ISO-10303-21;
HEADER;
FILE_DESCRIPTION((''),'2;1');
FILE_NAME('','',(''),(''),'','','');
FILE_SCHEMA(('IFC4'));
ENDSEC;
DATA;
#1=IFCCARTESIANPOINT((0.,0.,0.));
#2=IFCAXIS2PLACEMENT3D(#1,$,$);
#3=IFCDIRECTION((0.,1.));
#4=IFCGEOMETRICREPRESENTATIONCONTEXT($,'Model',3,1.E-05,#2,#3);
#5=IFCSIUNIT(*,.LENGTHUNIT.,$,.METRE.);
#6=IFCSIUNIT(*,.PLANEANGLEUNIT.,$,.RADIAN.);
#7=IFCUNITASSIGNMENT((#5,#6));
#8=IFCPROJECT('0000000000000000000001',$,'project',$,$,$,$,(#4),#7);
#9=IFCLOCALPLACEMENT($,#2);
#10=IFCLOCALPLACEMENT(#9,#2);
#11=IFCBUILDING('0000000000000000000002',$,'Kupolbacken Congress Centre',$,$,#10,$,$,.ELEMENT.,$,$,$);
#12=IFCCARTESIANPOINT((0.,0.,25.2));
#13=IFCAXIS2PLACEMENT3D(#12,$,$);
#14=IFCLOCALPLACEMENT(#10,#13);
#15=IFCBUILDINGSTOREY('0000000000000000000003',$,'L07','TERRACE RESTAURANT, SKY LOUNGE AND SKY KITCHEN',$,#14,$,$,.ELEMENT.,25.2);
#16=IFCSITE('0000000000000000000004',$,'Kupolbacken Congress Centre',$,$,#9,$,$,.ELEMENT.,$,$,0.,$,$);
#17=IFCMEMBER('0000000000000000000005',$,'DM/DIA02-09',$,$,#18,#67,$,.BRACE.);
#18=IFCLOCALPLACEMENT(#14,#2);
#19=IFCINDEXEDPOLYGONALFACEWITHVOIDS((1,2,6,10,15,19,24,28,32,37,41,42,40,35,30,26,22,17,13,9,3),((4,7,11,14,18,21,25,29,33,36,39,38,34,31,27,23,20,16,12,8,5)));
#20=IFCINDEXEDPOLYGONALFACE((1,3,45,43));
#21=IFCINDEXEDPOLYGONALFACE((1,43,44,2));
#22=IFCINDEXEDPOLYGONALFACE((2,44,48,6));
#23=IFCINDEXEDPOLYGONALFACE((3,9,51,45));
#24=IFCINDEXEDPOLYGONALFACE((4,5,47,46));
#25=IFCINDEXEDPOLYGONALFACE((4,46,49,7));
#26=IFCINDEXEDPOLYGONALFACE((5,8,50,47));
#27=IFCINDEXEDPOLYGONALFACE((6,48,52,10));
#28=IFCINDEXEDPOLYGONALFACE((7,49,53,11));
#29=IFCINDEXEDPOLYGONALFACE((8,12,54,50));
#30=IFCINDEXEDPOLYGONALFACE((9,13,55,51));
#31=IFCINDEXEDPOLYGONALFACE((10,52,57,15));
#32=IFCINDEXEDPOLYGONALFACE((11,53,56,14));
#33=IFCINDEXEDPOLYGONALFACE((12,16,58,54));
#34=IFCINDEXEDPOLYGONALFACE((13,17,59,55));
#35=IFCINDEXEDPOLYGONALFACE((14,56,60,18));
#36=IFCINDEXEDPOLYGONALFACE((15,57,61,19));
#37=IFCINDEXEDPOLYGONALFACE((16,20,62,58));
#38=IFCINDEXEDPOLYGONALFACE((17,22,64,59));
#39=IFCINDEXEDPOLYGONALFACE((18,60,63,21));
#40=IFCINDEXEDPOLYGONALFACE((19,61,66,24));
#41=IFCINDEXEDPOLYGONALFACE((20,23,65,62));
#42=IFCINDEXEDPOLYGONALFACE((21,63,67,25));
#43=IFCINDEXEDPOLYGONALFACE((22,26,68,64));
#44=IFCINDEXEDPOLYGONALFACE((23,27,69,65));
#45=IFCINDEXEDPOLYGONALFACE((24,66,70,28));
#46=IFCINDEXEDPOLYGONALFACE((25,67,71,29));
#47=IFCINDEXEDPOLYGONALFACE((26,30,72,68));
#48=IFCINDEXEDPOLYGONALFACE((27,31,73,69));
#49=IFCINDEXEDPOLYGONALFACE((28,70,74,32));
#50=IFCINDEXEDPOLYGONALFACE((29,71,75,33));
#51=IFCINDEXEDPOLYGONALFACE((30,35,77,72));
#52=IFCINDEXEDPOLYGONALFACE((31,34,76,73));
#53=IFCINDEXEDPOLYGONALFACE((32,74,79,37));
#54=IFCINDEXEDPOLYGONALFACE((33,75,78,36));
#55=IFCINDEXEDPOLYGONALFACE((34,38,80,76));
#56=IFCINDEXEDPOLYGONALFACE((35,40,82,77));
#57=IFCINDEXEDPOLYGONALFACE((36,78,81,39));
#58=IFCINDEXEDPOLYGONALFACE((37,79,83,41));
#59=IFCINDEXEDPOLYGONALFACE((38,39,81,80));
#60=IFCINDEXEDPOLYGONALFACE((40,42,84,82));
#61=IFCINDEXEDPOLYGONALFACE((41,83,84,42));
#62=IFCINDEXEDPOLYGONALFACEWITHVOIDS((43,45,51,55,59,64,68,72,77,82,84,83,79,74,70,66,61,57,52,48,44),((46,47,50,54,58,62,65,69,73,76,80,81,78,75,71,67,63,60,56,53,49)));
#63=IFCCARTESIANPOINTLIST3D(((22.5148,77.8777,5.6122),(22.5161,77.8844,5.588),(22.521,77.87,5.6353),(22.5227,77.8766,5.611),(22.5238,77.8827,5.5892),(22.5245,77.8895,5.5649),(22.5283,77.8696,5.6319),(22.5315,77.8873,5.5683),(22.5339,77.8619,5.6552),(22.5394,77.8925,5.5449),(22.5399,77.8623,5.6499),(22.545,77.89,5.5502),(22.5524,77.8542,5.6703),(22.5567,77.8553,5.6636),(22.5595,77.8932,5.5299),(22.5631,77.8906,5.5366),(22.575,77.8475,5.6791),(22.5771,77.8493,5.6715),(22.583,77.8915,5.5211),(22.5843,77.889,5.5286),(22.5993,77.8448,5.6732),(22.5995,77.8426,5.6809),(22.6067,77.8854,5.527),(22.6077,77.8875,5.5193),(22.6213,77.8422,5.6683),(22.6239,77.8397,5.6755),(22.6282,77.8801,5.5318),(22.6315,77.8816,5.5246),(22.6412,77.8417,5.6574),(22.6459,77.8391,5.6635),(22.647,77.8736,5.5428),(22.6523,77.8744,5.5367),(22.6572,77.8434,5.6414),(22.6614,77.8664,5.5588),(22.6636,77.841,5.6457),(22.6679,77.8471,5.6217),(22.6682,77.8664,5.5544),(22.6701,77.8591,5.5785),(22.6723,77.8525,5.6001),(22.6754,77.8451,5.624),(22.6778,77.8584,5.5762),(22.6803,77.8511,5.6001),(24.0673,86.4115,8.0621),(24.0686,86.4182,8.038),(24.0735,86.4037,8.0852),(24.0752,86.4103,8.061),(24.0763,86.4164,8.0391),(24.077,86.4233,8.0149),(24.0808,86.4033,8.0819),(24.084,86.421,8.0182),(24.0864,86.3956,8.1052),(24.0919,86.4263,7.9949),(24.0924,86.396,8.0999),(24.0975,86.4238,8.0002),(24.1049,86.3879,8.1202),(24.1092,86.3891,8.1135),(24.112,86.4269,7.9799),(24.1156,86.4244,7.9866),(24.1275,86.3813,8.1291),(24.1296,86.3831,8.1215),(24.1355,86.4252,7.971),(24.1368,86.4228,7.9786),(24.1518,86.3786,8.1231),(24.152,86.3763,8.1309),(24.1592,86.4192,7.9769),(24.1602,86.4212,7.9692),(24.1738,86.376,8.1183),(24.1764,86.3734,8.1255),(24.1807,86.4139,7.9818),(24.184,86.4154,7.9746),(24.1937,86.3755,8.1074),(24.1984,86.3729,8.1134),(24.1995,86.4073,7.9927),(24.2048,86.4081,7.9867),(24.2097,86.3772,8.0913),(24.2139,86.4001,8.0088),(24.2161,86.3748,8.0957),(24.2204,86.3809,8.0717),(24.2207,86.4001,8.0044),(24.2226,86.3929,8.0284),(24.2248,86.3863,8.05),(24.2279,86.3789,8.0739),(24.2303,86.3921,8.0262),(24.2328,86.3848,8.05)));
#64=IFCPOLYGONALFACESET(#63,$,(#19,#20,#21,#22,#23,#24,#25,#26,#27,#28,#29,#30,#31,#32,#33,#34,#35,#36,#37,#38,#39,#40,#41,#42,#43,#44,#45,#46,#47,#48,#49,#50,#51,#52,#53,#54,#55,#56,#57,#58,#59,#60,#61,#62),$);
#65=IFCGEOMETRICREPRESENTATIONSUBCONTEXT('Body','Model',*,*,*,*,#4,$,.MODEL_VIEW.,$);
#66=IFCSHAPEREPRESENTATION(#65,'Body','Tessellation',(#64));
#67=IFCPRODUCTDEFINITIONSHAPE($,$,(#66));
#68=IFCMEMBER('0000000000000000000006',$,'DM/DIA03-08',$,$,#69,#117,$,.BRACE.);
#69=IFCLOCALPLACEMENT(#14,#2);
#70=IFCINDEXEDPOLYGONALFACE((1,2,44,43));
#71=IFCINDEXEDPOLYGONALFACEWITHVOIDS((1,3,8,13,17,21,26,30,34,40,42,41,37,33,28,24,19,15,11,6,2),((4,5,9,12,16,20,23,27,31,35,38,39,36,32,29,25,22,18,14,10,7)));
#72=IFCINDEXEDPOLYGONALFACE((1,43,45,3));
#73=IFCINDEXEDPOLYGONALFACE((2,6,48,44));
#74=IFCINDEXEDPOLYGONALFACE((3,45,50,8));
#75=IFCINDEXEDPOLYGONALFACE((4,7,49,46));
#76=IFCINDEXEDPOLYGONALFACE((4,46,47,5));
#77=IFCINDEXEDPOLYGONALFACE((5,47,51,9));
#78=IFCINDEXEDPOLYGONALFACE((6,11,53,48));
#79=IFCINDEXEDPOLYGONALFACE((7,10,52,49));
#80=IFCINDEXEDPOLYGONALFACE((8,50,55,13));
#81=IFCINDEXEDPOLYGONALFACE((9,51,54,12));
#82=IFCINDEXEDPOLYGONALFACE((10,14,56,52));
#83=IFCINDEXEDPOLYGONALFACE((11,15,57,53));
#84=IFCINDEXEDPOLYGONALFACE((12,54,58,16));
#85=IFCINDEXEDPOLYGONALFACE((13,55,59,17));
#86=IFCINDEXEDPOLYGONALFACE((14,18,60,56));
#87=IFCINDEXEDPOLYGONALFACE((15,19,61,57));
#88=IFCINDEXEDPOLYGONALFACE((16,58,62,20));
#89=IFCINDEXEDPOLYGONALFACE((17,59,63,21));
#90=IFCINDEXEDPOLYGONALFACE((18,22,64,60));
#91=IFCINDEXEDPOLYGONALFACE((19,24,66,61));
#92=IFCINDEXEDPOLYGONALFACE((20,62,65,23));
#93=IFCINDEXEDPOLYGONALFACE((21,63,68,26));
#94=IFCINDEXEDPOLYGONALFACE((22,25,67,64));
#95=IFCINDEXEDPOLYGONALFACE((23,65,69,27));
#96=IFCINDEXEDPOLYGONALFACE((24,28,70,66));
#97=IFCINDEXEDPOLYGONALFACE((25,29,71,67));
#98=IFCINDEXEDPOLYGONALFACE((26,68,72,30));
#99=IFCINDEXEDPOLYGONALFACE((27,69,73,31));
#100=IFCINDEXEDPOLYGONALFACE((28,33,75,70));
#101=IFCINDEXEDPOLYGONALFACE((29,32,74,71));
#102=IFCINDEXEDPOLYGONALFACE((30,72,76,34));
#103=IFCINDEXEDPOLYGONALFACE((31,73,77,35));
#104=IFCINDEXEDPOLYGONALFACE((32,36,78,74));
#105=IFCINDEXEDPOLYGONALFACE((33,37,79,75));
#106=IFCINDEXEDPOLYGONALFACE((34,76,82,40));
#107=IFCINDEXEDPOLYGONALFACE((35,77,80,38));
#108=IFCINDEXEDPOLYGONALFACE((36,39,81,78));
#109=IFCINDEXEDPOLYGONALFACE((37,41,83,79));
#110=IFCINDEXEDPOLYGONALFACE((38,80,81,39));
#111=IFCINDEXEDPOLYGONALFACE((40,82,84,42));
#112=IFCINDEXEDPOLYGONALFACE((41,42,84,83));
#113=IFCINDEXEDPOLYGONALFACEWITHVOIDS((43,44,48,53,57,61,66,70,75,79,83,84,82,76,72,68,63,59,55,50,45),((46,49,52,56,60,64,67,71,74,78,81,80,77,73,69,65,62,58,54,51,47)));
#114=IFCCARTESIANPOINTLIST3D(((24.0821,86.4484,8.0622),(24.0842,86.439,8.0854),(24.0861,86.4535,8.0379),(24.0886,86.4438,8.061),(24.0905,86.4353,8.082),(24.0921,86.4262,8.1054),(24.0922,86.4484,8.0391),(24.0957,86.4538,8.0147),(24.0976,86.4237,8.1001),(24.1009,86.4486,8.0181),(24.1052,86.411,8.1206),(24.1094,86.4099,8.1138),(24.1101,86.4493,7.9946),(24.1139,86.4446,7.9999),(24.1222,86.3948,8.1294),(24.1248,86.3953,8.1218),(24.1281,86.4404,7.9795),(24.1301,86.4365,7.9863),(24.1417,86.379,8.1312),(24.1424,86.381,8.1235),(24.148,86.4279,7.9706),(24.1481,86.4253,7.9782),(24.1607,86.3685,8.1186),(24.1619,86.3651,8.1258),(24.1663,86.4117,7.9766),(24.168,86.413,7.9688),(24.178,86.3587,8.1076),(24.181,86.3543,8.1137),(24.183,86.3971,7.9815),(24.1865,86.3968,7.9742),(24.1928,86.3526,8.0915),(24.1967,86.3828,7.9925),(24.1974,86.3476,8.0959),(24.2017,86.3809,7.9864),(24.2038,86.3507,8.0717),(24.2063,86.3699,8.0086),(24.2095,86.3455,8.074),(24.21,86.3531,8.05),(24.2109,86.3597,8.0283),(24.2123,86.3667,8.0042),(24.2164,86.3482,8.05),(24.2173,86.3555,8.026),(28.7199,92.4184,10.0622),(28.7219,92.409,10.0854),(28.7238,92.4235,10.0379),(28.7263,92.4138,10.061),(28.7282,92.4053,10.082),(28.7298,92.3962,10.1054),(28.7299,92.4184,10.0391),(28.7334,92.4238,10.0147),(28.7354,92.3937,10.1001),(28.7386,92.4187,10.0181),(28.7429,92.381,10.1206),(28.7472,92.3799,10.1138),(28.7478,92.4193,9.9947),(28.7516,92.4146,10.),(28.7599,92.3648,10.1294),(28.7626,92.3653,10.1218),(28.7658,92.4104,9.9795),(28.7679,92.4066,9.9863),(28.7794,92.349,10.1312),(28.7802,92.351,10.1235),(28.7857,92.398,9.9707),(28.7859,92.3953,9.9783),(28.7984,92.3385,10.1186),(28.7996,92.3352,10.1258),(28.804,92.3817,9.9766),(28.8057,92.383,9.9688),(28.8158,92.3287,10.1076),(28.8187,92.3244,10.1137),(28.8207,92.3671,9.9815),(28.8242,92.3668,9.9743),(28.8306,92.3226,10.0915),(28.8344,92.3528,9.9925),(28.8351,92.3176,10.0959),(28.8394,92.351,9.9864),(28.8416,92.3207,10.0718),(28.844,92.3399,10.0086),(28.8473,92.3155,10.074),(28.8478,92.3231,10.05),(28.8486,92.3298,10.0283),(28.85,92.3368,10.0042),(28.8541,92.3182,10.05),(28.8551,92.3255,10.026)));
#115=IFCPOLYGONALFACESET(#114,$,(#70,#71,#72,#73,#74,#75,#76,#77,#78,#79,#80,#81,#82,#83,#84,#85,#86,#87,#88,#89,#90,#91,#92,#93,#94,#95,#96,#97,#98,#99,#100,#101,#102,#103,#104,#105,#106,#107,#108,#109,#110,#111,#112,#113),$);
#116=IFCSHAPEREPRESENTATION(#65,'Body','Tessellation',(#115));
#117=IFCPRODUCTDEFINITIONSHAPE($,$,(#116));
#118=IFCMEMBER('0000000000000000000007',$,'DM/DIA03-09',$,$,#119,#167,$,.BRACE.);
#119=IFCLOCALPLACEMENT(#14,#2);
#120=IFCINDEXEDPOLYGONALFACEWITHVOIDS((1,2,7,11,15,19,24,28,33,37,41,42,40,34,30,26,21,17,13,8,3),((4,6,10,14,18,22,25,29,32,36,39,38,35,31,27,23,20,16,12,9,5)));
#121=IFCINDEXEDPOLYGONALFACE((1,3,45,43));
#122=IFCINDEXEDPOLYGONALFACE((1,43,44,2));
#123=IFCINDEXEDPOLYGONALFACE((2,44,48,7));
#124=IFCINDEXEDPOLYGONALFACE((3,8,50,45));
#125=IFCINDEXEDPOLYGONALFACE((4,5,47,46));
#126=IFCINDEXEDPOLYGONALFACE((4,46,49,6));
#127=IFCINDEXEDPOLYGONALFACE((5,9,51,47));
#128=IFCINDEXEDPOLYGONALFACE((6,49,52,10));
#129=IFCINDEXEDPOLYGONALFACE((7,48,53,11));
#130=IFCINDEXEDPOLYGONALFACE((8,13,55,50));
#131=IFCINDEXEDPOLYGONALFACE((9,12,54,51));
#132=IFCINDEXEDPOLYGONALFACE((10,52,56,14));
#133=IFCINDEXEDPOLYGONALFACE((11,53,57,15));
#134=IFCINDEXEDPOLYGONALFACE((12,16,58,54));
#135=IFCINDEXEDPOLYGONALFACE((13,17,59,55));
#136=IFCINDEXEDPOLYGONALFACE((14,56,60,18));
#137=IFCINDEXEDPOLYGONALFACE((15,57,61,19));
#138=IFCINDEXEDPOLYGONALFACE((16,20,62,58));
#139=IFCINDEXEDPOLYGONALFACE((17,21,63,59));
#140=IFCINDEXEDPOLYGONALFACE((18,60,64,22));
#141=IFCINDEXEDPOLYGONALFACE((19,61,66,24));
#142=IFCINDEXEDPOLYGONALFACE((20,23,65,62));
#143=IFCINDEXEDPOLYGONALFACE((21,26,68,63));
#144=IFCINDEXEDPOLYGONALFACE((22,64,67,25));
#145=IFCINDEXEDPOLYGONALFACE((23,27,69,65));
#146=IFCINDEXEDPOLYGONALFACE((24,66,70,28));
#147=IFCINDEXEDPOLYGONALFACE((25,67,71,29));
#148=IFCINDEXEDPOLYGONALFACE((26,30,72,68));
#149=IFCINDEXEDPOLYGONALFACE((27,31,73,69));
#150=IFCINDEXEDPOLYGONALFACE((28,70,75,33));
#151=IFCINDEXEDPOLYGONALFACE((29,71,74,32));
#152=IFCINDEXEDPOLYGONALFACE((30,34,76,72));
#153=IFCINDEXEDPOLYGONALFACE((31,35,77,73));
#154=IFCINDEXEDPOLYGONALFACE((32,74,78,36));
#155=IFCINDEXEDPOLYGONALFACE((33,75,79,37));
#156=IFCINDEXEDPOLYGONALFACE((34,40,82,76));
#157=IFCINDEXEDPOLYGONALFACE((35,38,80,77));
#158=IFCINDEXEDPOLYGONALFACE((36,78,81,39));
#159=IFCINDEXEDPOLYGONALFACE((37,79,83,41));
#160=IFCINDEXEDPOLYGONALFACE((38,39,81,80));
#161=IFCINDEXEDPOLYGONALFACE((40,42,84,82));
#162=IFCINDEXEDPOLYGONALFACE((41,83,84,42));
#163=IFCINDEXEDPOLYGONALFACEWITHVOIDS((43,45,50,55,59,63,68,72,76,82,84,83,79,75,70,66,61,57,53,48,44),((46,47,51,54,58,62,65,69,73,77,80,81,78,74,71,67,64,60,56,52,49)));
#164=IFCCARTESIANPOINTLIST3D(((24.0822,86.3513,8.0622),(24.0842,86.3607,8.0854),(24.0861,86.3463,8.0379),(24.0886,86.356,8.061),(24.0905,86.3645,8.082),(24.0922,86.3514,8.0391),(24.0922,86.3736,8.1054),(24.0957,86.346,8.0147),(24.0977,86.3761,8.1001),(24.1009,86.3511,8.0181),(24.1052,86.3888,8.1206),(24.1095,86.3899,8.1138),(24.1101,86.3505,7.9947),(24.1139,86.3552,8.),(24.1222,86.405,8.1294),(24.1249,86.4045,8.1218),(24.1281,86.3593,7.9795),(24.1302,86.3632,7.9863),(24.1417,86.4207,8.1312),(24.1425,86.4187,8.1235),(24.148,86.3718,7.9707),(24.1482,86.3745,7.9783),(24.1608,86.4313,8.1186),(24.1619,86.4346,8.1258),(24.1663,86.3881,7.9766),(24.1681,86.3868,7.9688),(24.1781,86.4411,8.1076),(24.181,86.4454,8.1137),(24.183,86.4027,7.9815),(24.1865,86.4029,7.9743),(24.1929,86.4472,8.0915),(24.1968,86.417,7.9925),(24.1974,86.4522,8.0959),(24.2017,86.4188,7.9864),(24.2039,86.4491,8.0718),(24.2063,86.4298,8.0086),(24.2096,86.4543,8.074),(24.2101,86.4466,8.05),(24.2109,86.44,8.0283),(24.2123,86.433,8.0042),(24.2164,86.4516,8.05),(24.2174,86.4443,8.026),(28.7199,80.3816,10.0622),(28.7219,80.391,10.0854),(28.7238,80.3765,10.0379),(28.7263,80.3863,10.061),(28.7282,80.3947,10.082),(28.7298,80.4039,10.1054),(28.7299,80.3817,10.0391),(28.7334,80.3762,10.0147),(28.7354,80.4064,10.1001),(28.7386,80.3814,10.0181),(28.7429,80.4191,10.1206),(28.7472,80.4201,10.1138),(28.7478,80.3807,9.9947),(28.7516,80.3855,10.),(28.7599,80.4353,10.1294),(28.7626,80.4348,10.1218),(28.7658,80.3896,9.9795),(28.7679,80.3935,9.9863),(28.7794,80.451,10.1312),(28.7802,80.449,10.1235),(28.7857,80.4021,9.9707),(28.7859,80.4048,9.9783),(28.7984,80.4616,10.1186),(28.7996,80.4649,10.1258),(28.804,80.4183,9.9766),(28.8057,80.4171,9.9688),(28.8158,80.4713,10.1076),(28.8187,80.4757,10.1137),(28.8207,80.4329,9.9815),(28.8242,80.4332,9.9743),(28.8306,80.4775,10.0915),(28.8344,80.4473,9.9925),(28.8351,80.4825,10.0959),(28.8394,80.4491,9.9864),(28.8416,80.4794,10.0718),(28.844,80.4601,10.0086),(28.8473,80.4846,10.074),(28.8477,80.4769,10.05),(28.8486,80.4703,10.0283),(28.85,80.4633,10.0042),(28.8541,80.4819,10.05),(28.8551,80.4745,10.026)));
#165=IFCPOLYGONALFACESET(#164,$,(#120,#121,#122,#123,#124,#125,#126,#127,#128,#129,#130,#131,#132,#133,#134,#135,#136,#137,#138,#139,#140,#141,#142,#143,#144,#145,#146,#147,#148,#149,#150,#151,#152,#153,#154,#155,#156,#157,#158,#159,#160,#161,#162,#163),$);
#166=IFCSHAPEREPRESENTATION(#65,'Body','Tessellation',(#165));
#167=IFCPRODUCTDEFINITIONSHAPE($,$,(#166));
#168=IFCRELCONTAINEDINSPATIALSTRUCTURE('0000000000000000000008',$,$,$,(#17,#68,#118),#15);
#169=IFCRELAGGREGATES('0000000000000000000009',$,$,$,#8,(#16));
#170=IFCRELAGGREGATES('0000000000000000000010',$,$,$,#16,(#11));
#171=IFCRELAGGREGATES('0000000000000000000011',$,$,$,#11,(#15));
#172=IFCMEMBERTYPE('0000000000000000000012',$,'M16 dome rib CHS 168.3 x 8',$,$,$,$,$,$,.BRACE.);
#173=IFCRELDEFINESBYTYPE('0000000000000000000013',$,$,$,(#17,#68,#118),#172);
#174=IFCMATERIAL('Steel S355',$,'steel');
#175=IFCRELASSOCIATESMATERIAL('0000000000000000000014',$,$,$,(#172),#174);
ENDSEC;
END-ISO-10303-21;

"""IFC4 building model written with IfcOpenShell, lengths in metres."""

from ifc_helpers import new_model, si_unit, direction, frame, origin, origin_2d, place, context, subcontext, project, spatial, hollow_circle, extrude, material, material_profile, profile_set, type_object, element, save


model = new_model("IFC4")

# Units and contexts
model_context = context("Model", 3, precision=1e-05, world=origin(), true_north=direction((0.0, 1.0)))
body_context = subcontext(model_context, "Body", "Model", "MODEL_VIEW")
ifc_project = project(units=[si_unit("LENGTHUNIT", "METRE"), si_unit("PLANEANGLEUNIT", "RADIAN")], contexts=[model_context])

# Site, building, storey
site_placement = place(None, origin())
site = spatial("IfcSite", under=ifc_project, at=site_placement, Name="Kupolbacken Congress Centre", CompositionType="ELEMENT", RefElevation=0.0)
building_placement = place(site_placement, origin())
building = spatial("IfcBuilding", under=site, at=building_placement, Name="Kupolbacken Congress Centre", CompositionType="ELEMENT")
storey_placement = place(building_placement, frame((0.0, 0.0, 25.2)))
storey = spatial("IfcBuildingStorey", under=building, at=storey_placement, Name="L07", Description="TERRACE RESTAURANT, SKY LOUNGE AND SKY KITCHEN", CompositionType="ELEMENT", Elevation=25.2)

# Members
ifc_material_1 = material(Name="Steel S355", Category="steel")
ifc_material_profile_1 = material_profile(ifc_material_1, hollow_circle(Radius=0.0842, WallThickness=0.0081, at=origin_2d()), Name="CHS 168.3 x 8")
ifc_profile_set_1 = profile_set([ifc_material_profile_1], Name="Steel S355")
member_type_1 = type_object("IfcMemberType", Name="M16 dome rib CHS 168.3 x 8", PredefinedType="BRACE", material=ifc_profile_set_1)
member_1_placement = place(storey_placement, frame((24.1499, 86.3999, 8.05), z_axis=(-0.172248, -0.946807, -0.27182), x_axis=(0.983851, -0.178987, 0.0)))
element("IfcMember", 1, at=member_1_placement, inside=storey, type_object=member_type_1, Name="DM/DIA02-09", PredefinedType="BRACE", context=body_context, shape_type="SweptSolid", body=[
    extrude(hollow_circle(Radius=0.0842, WallThickness=0.0081, at=origin_2d()), origin(), (0.0, 0.0, 1.0), 9.0132),
])
member_2_placement = place(storey_placement, frame((28.7876, 92.3699, 10.05), z_axis=(-0.593073, -0.763446, -0.255762), x_axis=(0.789712, -0.613478, 0.0)))
element("IfcMember", 2, at=member_2_placement, inside=storey, type_object=member_type_1, Name="DM/DIA03-08", PredefinedType="BRACE", context=body_context, shape_type="SweptSolid", body=[
    extrude(hollow_circle(Radius=0.0842, WallThickness=0.0081, at=origin_2d()), origin(), (0.0, 0.0, 1.0), 7.8198),
])
member_3_placement = place(storey_placement, frame((24.1499, 86.3999, 8.05), z_axis=(0.593087, -0.763433, 0.255768), x_axis=(0.7897, 0.613493, 0.0)))
element("IfcMember", 3, at=member_3_placement, inside=storey, type_object=member_type_1, Name="DM/DIA03-09", PredefinedType="BRACE", context=body_context, shape_type="SweptSolid", body=[
    extrude(hollow_circle(Radius=0.0842, WallThickness=0.0081, at=origin_2d()), origin(), (0.0, 0.0, 1.0), 7.8196),
])

save(model, "model.ifc")
